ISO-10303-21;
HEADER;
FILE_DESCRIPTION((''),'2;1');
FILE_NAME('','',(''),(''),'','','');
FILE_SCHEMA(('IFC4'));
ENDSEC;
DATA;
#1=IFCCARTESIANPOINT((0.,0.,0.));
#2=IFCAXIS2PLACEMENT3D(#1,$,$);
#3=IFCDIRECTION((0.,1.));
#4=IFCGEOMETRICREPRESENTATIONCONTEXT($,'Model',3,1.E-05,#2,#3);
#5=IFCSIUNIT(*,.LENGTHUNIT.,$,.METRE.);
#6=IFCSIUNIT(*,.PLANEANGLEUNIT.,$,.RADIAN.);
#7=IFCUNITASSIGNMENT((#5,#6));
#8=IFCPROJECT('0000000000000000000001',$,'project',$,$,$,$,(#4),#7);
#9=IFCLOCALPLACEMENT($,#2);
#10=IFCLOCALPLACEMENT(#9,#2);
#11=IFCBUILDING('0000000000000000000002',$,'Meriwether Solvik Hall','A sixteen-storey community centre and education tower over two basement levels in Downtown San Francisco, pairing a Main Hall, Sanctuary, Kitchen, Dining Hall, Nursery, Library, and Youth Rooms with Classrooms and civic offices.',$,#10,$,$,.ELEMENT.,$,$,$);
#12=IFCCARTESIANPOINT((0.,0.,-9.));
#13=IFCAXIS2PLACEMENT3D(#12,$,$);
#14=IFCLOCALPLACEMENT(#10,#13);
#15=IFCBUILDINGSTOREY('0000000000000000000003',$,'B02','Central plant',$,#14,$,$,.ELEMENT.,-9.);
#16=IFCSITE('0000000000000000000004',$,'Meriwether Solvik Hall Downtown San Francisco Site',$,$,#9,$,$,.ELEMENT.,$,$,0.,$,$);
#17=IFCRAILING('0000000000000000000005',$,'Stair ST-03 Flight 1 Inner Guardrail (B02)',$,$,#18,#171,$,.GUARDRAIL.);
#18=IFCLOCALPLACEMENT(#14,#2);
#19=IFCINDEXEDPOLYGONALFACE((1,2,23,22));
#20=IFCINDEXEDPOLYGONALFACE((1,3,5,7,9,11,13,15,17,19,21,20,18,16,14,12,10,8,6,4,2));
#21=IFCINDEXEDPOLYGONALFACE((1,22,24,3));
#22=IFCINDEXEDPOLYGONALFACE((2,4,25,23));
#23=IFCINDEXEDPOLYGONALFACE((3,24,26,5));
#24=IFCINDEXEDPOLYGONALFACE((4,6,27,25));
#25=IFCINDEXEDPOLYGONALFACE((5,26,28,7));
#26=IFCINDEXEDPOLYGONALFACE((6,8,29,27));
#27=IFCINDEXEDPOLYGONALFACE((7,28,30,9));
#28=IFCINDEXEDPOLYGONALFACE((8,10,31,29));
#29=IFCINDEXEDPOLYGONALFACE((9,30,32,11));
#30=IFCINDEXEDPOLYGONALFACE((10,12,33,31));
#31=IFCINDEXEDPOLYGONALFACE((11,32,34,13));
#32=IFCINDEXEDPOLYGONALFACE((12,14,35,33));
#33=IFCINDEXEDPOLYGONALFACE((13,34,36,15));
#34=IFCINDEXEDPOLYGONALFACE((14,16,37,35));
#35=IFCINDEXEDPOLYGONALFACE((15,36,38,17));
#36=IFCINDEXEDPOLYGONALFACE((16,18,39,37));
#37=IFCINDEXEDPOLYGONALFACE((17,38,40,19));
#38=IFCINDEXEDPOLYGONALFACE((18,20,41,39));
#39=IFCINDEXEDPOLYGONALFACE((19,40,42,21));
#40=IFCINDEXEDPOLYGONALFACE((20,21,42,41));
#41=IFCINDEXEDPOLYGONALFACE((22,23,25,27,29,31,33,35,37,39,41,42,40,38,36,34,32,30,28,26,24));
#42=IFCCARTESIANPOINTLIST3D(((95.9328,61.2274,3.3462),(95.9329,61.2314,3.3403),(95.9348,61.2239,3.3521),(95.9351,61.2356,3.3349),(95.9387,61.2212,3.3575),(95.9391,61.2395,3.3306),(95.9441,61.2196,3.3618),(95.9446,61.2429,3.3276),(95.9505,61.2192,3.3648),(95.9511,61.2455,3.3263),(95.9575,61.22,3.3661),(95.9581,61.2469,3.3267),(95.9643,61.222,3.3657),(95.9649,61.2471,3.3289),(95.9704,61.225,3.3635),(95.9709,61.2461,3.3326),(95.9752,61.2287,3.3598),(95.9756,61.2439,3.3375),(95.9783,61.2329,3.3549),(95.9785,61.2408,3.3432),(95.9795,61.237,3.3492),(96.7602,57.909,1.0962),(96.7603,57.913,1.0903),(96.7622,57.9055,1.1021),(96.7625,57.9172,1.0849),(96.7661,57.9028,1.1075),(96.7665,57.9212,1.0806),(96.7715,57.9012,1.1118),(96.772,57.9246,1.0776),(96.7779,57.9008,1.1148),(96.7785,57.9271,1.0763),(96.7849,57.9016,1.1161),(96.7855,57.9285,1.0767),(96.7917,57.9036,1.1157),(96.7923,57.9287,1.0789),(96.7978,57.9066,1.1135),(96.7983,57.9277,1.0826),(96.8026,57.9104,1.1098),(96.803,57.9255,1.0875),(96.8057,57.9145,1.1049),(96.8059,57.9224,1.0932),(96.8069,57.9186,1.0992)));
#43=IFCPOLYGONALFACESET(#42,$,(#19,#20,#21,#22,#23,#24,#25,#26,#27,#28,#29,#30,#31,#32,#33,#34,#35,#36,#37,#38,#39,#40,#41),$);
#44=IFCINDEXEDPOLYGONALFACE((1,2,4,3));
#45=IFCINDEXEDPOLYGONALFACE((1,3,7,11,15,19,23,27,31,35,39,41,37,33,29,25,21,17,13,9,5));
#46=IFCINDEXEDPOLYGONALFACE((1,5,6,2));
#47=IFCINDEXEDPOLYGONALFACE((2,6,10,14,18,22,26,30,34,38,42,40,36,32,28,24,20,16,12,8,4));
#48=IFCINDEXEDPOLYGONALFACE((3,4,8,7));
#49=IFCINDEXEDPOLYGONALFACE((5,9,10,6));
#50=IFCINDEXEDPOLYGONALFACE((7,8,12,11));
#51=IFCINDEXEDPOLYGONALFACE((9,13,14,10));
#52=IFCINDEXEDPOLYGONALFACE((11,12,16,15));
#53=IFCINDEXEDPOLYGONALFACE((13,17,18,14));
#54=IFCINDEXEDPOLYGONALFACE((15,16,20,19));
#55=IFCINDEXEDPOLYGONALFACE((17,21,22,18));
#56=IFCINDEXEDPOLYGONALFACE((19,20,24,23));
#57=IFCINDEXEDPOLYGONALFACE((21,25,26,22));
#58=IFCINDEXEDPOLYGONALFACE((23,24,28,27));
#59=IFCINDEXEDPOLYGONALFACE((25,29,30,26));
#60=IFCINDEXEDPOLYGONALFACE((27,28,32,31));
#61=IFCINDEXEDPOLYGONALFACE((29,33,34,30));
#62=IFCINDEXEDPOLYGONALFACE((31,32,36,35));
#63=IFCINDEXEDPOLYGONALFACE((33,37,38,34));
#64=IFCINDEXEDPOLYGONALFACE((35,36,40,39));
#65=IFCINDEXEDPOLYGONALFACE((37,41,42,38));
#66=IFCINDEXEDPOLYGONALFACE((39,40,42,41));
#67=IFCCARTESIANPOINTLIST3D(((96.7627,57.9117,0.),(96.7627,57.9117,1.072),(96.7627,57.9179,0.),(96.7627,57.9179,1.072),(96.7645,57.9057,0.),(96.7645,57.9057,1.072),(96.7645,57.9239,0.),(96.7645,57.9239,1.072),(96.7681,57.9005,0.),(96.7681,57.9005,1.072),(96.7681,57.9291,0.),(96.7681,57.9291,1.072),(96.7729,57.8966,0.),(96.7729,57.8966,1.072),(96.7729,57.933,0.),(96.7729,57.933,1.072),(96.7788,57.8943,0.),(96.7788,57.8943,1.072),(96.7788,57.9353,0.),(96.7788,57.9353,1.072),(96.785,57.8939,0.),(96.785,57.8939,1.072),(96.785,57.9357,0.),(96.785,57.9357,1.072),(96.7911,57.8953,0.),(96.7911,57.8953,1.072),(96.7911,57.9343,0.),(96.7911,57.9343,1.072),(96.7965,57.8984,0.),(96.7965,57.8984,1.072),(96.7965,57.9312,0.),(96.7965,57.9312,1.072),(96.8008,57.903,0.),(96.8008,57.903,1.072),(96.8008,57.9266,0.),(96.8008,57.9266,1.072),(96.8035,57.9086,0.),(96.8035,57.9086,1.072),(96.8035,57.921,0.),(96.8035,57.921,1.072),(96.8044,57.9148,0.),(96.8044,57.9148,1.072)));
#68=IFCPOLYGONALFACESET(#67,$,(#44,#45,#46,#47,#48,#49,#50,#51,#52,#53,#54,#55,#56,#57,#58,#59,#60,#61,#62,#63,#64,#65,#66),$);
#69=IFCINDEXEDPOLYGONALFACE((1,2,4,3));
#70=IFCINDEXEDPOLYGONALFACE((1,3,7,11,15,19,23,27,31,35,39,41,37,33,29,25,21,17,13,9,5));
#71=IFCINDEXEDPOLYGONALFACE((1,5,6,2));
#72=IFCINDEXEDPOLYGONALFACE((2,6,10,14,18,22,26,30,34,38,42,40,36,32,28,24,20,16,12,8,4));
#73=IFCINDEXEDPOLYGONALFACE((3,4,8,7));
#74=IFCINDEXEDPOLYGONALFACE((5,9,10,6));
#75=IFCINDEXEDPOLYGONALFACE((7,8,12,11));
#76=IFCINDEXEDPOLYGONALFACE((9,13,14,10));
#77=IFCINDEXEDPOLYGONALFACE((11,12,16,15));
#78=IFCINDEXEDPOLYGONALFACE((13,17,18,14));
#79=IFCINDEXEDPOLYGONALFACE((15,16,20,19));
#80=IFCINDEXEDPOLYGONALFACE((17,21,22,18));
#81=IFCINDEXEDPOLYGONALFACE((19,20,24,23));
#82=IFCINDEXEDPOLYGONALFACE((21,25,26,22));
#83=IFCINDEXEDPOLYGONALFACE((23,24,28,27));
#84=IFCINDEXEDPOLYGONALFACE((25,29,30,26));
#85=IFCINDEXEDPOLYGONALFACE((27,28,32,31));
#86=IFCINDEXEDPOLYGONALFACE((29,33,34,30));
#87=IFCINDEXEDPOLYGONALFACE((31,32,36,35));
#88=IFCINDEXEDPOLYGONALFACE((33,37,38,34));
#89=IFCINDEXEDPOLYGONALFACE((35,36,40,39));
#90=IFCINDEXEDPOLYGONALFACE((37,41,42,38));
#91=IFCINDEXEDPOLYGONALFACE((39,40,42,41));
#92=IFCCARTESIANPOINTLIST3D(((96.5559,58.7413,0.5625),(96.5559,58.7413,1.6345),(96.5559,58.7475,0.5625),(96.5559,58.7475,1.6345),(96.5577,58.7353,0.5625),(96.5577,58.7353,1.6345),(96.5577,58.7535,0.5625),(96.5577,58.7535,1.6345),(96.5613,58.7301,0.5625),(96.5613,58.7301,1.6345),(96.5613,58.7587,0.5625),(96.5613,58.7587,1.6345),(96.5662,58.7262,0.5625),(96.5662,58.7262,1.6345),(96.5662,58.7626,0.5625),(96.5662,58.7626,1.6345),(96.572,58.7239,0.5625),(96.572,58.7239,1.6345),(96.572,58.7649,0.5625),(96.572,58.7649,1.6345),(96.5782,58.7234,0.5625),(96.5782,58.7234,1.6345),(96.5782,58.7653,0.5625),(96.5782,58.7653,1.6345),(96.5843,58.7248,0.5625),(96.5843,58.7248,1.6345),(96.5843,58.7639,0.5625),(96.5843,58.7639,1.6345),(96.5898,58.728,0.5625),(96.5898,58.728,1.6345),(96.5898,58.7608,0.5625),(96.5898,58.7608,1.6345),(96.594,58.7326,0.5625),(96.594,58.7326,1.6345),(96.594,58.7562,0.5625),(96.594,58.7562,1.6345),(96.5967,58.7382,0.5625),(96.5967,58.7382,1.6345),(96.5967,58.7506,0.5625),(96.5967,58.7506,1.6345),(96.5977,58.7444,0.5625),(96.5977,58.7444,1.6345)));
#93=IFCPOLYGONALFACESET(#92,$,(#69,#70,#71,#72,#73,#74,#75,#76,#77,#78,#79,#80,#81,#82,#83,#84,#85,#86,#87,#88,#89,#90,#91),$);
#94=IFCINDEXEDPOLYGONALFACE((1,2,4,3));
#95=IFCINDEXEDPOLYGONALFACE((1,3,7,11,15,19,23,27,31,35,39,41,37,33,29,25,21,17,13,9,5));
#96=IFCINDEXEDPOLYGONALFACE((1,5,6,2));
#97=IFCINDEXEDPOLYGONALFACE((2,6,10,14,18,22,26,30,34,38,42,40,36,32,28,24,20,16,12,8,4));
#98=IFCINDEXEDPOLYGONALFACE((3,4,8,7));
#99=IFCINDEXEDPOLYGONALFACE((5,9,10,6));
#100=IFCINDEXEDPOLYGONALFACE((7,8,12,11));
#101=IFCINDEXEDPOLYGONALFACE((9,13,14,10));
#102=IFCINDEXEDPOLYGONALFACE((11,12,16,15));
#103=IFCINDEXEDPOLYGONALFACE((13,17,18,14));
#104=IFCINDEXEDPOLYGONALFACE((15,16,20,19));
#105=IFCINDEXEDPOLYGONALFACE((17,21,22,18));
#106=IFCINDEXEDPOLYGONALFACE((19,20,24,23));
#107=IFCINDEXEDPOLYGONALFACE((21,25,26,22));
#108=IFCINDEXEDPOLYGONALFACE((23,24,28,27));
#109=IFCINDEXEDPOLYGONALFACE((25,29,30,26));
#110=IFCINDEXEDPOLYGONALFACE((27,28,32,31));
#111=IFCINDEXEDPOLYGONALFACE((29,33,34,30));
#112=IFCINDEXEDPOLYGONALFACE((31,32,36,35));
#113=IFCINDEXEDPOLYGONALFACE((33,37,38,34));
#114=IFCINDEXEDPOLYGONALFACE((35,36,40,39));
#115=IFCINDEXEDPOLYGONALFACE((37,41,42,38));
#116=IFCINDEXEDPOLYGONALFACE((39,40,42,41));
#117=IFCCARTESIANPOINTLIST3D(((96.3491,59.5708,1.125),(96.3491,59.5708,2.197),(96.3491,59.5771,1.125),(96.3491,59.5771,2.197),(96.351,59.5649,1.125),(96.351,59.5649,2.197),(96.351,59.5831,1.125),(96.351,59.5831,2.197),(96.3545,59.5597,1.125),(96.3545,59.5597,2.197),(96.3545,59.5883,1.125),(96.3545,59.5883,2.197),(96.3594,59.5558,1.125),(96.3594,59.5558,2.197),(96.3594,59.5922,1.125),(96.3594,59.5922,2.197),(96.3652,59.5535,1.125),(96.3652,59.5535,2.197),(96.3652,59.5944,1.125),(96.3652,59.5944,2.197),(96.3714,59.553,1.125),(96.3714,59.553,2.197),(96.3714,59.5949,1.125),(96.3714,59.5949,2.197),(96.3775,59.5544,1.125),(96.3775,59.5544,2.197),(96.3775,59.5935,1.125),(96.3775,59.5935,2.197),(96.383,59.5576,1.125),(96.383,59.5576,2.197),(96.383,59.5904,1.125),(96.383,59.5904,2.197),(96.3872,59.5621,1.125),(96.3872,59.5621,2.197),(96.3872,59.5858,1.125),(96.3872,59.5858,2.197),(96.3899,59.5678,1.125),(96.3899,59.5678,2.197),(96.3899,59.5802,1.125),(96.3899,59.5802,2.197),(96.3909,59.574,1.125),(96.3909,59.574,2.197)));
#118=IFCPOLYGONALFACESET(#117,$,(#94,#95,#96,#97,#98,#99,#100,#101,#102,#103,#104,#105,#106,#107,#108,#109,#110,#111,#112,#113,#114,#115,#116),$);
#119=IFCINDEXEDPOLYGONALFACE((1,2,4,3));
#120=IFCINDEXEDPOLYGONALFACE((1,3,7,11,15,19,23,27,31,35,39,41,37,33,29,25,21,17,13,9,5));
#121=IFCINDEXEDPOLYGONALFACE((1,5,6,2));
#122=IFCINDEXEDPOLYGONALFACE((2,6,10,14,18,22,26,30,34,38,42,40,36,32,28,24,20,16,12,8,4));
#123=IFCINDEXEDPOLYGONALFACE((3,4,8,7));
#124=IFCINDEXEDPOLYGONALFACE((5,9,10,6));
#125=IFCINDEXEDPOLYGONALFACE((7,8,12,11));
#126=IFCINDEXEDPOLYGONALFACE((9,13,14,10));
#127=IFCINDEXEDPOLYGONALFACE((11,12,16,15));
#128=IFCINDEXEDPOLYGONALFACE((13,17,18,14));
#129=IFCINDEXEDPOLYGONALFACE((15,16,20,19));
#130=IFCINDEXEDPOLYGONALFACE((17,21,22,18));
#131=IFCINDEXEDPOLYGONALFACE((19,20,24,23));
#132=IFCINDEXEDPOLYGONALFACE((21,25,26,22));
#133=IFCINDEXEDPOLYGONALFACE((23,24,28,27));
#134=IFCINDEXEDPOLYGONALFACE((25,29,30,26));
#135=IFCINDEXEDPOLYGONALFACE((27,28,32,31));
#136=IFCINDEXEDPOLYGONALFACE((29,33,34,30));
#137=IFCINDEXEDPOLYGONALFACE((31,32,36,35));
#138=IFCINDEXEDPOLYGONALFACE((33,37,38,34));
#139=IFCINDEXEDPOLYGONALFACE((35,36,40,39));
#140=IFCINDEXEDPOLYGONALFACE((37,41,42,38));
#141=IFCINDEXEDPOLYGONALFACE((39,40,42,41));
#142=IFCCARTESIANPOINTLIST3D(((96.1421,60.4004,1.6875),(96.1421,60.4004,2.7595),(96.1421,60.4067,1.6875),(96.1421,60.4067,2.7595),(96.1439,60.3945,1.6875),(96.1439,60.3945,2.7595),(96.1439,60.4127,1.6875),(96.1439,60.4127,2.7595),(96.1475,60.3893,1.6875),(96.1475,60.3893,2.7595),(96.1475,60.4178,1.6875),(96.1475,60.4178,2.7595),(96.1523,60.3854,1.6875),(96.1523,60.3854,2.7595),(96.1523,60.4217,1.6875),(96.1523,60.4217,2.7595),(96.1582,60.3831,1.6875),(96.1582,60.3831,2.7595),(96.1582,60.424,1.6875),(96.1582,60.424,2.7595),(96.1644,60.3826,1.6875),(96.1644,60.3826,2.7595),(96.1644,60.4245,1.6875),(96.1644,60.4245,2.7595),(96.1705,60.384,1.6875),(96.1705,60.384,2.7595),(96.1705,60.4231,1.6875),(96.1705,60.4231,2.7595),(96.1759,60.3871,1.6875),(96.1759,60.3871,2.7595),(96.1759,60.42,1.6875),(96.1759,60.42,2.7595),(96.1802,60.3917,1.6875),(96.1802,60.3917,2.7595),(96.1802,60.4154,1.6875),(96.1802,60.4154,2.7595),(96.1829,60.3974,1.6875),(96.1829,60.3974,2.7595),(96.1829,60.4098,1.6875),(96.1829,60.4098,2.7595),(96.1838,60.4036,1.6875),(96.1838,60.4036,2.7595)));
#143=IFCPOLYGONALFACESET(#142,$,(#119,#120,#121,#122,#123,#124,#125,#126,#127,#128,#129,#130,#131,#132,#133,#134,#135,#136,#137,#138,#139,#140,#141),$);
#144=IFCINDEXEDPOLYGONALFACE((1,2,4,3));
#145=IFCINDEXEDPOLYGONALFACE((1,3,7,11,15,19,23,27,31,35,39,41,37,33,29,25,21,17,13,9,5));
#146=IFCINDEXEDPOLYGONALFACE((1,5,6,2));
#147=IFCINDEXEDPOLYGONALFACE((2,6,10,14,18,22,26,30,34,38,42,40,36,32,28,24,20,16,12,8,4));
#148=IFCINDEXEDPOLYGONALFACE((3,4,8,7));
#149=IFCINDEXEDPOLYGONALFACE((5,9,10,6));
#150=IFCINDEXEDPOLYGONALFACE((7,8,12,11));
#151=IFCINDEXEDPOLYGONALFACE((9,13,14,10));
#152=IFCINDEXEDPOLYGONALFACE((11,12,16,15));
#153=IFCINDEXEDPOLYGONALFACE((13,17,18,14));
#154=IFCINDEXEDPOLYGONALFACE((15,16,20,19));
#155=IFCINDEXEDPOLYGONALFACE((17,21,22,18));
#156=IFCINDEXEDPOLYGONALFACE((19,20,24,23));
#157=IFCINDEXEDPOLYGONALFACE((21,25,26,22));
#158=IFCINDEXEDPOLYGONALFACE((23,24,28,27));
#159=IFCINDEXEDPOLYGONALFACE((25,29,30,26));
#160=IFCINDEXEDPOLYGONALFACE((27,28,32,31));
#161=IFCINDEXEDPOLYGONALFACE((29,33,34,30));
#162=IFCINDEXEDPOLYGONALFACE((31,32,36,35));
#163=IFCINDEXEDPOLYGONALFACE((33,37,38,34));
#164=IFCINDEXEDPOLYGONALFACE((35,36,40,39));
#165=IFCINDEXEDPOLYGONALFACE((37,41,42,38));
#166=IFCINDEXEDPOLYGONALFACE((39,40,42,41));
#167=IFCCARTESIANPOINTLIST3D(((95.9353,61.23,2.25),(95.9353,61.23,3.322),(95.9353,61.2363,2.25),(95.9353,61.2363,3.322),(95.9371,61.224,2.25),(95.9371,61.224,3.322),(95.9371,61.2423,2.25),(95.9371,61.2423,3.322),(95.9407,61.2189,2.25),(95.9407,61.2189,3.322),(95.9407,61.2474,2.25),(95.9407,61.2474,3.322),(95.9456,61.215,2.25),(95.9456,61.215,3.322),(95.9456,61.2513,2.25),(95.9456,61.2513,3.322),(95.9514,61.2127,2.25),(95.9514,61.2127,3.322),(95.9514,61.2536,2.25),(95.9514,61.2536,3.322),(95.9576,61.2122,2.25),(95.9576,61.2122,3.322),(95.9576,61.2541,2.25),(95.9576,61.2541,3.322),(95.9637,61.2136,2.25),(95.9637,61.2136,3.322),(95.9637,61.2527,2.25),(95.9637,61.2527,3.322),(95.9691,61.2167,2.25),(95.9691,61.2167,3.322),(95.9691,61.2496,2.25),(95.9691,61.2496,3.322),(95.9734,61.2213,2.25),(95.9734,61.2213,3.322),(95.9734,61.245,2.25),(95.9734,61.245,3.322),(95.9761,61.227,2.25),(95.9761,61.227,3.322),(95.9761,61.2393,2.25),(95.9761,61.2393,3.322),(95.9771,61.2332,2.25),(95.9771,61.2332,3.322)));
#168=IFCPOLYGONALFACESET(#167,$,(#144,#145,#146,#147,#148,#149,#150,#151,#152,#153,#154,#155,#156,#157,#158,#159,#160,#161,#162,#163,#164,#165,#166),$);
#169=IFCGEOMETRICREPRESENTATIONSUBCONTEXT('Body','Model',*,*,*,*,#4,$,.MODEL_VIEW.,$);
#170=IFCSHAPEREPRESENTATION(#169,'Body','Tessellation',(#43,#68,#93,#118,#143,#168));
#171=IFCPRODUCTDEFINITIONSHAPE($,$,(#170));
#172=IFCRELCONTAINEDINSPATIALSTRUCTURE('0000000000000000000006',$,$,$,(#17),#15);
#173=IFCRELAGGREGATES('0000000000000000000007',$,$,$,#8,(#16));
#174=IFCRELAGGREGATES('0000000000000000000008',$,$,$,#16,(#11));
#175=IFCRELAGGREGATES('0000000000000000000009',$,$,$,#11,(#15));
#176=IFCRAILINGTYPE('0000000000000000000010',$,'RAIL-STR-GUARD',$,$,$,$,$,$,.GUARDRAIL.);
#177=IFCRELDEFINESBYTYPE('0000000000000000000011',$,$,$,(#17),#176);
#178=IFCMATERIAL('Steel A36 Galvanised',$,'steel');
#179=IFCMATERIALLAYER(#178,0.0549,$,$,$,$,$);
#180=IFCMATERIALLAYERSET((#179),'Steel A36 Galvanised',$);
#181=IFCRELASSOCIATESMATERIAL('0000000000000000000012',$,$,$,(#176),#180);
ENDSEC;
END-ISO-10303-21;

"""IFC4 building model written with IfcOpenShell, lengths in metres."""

from ifc_helpers import new_model, si_unit, direction, frame, origin, origin_2d, place, context, subcontext, project, spatial, circle, extrude, material, layer, layer_set, type_object, element, save


model = new_model("IFC4")

# Units and contexts
model_context = context("Model", 3, precision=1e-05, world=origin(), true_north=direction((0.0, 1.0)))
body_context = subcontext(model_context, "Body", "Model", "MODEL_VIEW")
ifc_project = project(units=[si_unit("LENGTHUNIT", "METRE"), si_unit("PLANEANGLEUNIT", "RADIAN")], contexts=[model_context])

# Site, building, storey
site_placement = place(None, origin())
site = spatial("IfcSite", under=ifc_project, at=site_placement, Name="Meriwether Solvik Hall Downtown San Francisco Site", CompositionType="ELEMENT", RefElevation=0.0)
building_placement = place(site_placement, origin())
building = spatial("IfcBuilding", under=site, at=building_placement, Name="Meriwether Solvik Hall", Description="A sixteen-storey community centre and education tower over two basement levels in Downtown San Francisco, pairing a Main Hall, Sanctuary, Kitchen, Dining Hall, Nursery, Library, and Youth Rooms with Classrooms and civic offices.", CompositionType="ELEMENT")
storey_placement = place(building_placement, frame((0.0, 0.0, -9.0)))
storey = spatial("IfcBuildingStorey", under=building, at=storey_placement, Name="B02", Description="Central plant", CompositionType="ELEMENT", Elevation=-9.0)

# Railing
ifc_material_1 = material(Name="Steel A36 Galvanised", Category="steel")
ifc_layer_1 = layer(ifc_material_1, 0.0549)
ifc_layer_set_1 = layer_set([ifc_layer_1], Name="Steel A36 Galvanised")
railing_type = type_object("IfcRailingType", Name="RAIL-STR-GUARD", PredefinedType="GUARDRAIL", material=ifc_layer_set_1)
railing_1_placement = place(storey_placement, frame((96.7834, 57.9148, 0.0)))
element("IfcRailing", 1, at=railing_1_placement, inside=storey, type_object=railing_type, Name="Stair ST-03 Flight 1 Inner Guardrail (B02)", PredefinedType="GUARDRAIL", context=body_context, shape_type="SweptSolid", body=[
    extrude(circle(Radius=0.0239, at=origin_2d()), frame((0.0, 0.0, 1.0962), z_axis=(-0.202112, 0.810596, 0.549622), x_axis=(-0.970293, -0.241931, 0.0)), (0.0, 0.0, 1.0), 4.0938),
    extrude(circle(Radius=0.021, at=origin_2d()), origin(), (0.0, 0.0, 1.0), 1.072),
    extrude(circle(Radius=0.021, at=origin_2d()), frame((-0.2068, 0.8296, 0.5625)), (0.0, 0.0, 1.0), 1.072),
    extrude(circle(Radius=0.021, at=origin_2d()), frame((-0.4136, 1.6592, 1.125)), (0.0, 0.0, 1.0), 1.072),
    extrude(circle(Radius=0.021, at=origin_2d()), frame((-0.6206, 2.4888, 1.6875)), (0.0, 0.0, 1.0), 1.072),
    extrude(circle(Radius=0.021, at=origin_2d()), frame((-0.8274, 3.3184, 2.25)), (0.0, 0.0, 1.0), 1.072),
])

save(model, "model.ifc")
